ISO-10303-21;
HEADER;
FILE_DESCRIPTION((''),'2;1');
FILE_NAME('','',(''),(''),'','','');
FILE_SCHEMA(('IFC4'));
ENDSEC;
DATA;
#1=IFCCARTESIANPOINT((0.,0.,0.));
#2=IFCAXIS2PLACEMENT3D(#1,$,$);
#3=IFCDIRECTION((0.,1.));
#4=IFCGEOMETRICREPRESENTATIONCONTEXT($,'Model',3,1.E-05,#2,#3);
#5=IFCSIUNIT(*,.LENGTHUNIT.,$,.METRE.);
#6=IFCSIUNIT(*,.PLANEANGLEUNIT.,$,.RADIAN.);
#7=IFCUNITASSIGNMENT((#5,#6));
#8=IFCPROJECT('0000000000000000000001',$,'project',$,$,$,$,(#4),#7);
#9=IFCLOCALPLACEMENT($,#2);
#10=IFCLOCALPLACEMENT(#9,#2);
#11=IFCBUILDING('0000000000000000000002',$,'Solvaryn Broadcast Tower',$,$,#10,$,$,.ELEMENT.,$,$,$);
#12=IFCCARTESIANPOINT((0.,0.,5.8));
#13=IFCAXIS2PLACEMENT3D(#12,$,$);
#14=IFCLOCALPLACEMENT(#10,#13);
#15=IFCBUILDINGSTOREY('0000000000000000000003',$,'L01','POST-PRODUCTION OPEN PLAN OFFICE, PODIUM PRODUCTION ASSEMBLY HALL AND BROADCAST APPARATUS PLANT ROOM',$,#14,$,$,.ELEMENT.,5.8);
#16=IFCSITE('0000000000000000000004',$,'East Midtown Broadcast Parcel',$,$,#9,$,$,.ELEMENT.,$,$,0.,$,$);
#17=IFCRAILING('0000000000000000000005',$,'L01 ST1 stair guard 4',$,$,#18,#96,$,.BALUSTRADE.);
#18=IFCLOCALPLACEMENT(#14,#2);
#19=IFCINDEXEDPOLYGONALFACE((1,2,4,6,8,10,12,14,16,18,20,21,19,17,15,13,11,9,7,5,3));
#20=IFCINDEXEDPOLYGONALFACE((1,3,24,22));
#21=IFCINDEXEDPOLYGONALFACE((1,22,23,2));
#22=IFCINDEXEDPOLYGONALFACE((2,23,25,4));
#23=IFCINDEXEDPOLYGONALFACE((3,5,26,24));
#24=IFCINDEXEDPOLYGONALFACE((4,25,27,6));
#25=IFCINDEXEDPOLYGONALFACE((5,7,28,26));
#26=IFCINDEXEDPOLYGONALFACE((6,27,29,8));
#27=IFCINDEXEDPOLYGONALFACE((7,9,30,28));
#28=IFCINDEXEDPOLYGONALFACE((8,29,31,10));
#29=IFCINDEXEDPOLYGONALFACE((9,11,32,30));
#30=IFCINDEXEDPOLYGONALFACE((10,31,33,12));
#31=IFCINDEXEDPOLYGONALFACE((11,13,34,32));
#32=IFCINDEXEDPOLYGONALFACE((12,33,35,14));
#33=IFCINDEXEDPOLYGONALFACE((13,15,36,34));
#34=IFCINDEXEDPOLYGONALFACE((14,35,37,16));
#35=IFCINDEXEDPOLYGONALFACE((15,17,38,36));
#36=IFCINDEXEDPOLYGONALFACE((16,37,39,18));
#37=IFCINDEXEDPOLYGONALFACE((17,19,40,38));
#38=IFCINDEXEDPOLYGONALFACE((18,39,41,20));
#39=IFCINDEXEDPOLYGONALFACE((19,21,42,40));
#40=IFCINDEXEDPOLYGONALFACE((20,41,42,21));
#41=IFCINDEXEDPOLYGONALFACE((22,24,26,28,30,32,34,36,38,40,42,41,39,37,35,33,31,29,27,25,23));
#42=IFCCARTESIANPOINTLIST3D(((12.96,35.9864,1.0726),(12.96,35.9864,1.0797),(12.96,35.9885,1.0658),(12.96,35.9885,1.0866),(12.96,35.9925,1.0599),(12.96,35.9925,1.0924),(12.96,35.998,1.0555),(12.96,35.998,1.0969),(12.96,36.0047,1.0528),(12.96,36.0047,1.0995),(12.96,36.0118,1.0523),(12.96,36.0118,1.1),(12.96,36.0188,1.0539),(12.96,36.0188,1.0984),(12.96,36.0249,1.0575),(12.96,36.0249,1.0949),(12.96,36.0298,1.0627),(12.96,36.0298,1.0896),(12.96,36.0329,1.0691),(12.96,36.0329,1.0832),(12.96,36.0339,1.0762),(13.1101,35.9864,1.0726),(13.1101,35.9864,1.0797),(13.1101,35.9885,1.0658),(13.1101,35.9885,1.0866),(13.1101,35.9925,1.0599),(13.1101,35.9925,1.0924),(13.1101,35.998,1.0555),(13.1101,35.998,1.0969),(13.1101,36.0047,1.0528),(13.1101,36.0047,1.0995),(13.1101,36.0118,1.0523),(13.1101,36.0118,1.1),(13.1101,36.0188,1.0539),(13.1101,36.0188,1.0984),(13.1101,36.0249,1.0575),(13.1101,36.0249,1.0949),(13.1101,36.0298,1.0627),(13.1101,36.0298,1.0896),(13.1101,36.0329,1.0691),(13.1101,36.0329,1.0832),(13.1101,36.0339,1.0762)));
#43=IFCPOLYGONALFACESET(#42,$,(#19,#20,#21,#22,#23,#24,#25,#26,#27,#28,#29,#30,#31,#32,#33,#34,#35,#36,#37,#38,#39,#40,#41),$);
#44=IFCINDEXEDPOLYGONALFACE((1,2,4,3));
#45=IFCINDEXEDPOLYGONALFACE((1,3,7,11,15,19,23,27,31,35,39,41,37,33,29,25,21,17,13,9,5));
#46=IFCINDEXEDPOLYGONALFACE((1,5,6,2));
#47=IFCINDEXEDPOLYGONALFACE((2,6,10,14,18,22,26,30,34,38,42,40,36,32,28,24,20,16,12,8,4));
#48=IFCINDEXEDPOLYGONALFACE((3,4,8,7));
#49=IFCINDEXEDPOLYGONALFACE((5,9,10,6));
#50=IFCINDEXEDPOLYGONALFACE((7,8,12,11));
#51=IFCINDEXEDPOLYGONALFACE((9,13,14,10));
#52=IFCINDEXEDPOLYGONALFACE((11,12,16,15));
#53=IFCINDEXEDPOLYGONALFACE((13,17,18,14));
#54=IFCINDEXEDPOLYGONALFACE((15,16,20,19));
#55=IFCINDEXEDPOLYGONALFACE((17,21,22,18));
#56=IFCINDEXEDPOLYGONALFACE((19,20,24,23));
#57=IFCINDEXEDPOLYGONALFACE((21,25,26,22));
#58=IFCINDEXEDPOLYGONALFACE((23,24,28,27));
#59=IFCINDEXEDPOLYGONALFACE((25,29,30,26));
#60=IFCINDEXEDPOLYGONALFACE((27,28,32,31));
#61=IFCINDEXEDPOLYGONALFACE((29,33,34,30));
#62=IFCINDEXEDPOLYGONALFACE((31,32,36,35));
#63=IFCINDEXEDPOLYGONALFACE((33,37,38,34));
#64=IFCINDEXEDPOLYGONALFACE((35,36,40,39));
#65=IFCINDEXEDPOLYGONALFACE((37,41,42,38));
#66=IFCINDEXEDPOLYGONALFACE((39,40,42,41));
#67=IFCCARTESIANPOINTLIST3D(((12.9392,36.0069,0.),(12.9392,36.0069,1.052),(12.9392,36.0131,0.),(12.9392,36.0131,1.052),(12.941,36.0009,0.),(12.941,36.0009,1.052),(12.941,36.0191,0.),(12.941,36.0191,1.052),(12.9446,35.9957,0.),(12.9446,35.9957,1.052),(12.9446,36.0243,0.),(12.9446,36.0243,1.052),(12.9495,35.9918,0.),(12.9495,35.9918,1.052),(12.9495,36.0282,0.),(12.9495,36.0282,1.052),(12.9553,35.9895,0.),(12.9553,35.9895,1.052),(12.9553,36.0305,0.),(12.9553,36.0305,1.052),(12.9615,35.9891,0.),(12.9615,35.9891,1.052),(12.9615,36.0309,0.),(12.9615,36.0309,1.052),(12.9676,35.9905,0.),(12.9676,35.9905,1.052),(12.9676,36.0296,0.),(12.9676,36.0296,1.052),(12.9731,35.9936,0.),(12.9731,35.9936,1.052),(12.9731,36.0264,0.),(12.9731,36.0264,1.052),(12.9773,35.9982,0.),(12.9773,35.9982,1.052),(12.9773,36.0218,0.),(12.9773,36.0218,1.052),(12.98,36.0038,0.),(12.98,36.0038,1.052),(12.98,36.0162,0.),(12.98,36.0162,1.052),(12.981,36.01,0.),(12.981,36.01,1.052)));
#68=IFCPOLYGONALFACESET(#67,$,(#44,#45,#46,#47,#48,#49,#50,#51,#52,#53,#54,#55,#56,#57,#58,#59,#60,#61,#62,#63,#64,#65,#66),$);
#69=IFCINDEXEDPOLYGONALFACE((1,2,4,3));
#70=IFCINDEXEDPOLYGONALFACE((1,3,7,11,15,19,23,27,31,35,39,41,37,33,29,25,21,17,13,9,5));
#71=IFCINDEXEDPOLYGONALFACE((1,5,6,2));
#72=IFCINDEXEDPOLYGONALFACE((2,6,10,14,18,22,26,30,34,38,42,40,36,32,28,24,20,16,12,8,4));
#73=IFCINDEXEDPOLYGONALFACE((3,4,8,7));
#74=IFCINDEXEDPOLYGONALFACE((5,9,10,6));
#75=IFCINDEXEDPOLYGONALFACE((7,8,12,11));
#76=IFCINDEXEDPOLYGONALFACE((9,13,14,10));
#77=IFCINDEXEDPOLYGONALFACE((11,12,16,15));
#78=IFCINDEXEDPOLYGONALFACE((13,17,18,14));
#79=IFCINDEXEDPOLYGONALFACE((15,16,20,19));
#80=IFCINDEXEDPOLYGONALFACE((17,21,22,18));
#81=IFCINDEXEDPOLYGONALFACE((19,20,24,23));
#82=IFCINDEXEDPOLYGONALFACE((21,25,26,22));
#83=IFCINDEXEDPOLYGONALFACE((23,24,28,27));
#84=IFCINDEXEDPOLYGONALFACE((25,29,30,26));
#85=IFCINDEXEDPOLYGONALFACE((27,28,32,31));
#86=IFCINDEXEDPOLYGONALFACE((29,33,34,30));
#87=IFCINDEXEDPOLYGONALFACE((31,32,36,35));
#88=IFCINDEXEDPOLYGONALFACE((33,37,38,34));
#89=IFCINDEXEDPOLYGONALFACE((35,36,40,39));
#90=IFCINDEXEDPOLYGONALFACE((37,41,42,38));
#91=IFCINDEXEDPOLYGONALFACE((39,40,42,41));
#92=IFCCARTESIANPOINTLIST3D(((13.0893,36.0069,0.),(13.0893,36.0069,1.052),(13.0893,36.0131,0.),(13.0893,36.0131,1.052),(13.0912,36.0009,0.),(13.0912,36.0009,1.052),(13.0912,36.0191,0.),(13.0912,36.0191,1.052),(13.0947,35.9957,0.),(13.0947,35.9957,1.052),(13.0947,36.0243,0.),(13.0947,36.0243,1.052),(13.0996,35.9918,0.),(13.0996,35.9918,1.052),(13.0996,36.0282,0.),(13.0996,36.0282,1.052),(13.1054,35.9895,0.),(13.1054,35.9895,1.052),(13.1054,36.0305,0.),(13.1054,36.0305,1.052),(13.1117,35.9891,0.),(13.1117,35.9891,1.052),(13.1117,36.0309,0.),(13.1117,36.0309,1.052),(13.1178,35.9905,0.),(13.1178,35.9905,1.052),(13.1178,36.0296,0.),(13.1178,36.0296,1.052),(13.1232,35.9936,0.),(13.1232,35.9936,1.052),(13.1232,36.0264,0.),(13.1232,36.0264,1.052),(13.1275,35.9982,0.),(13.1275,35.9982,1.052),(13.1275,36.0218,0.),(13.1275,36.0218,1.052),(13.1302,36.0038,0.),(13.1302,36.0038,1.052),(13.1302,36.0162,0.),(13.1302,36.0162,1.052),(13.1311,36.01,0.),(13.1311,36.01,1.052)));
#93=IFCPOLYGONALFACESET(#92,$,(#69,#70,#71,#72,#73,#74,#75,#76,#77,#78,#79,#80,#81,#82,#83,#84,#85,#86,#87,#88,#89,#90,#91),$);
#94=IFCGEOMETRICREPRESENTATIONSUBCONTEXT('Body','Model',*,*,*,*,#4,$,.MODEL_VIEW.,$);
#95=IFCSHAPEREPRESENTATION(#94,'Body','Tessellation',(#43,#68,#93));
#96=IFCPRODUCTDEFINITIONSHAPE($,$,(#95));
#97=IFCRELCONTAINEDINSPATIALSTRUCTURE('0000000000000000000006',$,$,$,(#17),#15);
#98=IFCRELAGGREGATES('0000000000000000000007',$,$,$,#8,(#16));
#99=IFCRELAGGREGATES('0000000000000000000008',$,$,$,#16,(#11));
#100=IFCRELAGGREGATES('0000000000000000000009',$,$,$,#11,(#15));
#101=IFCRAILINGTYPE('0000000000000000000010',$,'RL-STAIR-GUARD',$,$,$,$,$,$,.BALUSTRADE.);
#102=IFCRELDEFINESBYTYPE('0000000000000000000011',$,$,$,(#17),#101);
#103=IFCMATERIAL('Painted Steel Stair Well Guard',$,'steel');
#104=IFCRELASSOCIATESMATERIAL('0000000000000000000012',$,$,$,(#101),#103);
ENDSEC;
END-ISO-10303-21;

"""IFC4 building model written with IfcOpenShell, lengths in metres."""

from ifc_helpers import new_model, si_unit, direction, frame, origin, origin_2d, place, context, subcontext, project, spatial, circle, extrude, material, type_object, element, save


model = new_model("IFC4")

# Units and contexts
model_context = context("Model", 3, precision=1e-05, world=origin(), true_north=direction((0.0, 1.0)))
body_context = subcontext(model_context, "Body", "Model", "MODEL_VIEW")
ifc_project = project(units=[si_unit("LENGTHUNIT", "METRE"), si_unit("PLANEANGLEUNIT", "RADIAN")], contexts=[model_context])

# Site, building, storey
site_placement = place(None, origin())
site = spatial("IfcSite", under=ifc_project, at=site_placement, Name="East Midtown Broadcast Parcel", CompositionType="ELEMENT", RefElevation=0.0)
building_placement = place(site_placement, origin())
building = spatial("IfcBuilding", under=site, at=building_placement, Name="Solvaryn Broadcast Tower", CompositionType="ELEMENT")
storey_placement = place(building_placement, frame((0.0, 0.0, 5.8)))
storey = spatial("IfcBuildingStorey", under=building, at=storey_placement, Name="L01", Description="POST-PRODUCTION OPEN PLAN OFFICE, PODIUM PRODUCTION ASSEMBLY HALL AND BROADCAST APPARATUS PLANT ROOM", CompositionType="ELEMENT", Elevation=5.8)

# Railing
ifc_material_1 = material(Name="Painted Steel Stair Well Guard", Category="steel")
railing_type_1 = type_object("IfcRailingType", Name="RL-STAIR-GUARD", PredefinedType="BALUSTRADE", material=ifc_material_1)
railing_1_placement = place(storey_placement, frame((12.96, 36.01, 0.0)))
element("IfcRailing", 1, at=railing_1_placement, inside=storey, type_object=railing_type_1, Name="L01 ST1 stair guard 4", PredefinedType="BALUSTRADE", context=body_context, shape_type="SweptSolid", body=[
    extrude(circle(Radius=0.0239, at=origin_2d()), frame((0.0, 0.0, 1.0762), z_axis=(1.0, 0.0, 0.0), x_axis=(0.0, 1.0, 0.0)), (0.0, 0.0, 1.0), 0.1501),
    extrude(circle(Radius=0.021, at=origin_2d()), origin(), (0.0, 0.0, 1.0), 1.052),
    extrude(circle(Radius=0.021, at=origin_2d()), frame((0.1501, 0.0, 0.0)), (0.0, 0.0, 1.0), 1.052),
])

save(model, "model.ifc")
